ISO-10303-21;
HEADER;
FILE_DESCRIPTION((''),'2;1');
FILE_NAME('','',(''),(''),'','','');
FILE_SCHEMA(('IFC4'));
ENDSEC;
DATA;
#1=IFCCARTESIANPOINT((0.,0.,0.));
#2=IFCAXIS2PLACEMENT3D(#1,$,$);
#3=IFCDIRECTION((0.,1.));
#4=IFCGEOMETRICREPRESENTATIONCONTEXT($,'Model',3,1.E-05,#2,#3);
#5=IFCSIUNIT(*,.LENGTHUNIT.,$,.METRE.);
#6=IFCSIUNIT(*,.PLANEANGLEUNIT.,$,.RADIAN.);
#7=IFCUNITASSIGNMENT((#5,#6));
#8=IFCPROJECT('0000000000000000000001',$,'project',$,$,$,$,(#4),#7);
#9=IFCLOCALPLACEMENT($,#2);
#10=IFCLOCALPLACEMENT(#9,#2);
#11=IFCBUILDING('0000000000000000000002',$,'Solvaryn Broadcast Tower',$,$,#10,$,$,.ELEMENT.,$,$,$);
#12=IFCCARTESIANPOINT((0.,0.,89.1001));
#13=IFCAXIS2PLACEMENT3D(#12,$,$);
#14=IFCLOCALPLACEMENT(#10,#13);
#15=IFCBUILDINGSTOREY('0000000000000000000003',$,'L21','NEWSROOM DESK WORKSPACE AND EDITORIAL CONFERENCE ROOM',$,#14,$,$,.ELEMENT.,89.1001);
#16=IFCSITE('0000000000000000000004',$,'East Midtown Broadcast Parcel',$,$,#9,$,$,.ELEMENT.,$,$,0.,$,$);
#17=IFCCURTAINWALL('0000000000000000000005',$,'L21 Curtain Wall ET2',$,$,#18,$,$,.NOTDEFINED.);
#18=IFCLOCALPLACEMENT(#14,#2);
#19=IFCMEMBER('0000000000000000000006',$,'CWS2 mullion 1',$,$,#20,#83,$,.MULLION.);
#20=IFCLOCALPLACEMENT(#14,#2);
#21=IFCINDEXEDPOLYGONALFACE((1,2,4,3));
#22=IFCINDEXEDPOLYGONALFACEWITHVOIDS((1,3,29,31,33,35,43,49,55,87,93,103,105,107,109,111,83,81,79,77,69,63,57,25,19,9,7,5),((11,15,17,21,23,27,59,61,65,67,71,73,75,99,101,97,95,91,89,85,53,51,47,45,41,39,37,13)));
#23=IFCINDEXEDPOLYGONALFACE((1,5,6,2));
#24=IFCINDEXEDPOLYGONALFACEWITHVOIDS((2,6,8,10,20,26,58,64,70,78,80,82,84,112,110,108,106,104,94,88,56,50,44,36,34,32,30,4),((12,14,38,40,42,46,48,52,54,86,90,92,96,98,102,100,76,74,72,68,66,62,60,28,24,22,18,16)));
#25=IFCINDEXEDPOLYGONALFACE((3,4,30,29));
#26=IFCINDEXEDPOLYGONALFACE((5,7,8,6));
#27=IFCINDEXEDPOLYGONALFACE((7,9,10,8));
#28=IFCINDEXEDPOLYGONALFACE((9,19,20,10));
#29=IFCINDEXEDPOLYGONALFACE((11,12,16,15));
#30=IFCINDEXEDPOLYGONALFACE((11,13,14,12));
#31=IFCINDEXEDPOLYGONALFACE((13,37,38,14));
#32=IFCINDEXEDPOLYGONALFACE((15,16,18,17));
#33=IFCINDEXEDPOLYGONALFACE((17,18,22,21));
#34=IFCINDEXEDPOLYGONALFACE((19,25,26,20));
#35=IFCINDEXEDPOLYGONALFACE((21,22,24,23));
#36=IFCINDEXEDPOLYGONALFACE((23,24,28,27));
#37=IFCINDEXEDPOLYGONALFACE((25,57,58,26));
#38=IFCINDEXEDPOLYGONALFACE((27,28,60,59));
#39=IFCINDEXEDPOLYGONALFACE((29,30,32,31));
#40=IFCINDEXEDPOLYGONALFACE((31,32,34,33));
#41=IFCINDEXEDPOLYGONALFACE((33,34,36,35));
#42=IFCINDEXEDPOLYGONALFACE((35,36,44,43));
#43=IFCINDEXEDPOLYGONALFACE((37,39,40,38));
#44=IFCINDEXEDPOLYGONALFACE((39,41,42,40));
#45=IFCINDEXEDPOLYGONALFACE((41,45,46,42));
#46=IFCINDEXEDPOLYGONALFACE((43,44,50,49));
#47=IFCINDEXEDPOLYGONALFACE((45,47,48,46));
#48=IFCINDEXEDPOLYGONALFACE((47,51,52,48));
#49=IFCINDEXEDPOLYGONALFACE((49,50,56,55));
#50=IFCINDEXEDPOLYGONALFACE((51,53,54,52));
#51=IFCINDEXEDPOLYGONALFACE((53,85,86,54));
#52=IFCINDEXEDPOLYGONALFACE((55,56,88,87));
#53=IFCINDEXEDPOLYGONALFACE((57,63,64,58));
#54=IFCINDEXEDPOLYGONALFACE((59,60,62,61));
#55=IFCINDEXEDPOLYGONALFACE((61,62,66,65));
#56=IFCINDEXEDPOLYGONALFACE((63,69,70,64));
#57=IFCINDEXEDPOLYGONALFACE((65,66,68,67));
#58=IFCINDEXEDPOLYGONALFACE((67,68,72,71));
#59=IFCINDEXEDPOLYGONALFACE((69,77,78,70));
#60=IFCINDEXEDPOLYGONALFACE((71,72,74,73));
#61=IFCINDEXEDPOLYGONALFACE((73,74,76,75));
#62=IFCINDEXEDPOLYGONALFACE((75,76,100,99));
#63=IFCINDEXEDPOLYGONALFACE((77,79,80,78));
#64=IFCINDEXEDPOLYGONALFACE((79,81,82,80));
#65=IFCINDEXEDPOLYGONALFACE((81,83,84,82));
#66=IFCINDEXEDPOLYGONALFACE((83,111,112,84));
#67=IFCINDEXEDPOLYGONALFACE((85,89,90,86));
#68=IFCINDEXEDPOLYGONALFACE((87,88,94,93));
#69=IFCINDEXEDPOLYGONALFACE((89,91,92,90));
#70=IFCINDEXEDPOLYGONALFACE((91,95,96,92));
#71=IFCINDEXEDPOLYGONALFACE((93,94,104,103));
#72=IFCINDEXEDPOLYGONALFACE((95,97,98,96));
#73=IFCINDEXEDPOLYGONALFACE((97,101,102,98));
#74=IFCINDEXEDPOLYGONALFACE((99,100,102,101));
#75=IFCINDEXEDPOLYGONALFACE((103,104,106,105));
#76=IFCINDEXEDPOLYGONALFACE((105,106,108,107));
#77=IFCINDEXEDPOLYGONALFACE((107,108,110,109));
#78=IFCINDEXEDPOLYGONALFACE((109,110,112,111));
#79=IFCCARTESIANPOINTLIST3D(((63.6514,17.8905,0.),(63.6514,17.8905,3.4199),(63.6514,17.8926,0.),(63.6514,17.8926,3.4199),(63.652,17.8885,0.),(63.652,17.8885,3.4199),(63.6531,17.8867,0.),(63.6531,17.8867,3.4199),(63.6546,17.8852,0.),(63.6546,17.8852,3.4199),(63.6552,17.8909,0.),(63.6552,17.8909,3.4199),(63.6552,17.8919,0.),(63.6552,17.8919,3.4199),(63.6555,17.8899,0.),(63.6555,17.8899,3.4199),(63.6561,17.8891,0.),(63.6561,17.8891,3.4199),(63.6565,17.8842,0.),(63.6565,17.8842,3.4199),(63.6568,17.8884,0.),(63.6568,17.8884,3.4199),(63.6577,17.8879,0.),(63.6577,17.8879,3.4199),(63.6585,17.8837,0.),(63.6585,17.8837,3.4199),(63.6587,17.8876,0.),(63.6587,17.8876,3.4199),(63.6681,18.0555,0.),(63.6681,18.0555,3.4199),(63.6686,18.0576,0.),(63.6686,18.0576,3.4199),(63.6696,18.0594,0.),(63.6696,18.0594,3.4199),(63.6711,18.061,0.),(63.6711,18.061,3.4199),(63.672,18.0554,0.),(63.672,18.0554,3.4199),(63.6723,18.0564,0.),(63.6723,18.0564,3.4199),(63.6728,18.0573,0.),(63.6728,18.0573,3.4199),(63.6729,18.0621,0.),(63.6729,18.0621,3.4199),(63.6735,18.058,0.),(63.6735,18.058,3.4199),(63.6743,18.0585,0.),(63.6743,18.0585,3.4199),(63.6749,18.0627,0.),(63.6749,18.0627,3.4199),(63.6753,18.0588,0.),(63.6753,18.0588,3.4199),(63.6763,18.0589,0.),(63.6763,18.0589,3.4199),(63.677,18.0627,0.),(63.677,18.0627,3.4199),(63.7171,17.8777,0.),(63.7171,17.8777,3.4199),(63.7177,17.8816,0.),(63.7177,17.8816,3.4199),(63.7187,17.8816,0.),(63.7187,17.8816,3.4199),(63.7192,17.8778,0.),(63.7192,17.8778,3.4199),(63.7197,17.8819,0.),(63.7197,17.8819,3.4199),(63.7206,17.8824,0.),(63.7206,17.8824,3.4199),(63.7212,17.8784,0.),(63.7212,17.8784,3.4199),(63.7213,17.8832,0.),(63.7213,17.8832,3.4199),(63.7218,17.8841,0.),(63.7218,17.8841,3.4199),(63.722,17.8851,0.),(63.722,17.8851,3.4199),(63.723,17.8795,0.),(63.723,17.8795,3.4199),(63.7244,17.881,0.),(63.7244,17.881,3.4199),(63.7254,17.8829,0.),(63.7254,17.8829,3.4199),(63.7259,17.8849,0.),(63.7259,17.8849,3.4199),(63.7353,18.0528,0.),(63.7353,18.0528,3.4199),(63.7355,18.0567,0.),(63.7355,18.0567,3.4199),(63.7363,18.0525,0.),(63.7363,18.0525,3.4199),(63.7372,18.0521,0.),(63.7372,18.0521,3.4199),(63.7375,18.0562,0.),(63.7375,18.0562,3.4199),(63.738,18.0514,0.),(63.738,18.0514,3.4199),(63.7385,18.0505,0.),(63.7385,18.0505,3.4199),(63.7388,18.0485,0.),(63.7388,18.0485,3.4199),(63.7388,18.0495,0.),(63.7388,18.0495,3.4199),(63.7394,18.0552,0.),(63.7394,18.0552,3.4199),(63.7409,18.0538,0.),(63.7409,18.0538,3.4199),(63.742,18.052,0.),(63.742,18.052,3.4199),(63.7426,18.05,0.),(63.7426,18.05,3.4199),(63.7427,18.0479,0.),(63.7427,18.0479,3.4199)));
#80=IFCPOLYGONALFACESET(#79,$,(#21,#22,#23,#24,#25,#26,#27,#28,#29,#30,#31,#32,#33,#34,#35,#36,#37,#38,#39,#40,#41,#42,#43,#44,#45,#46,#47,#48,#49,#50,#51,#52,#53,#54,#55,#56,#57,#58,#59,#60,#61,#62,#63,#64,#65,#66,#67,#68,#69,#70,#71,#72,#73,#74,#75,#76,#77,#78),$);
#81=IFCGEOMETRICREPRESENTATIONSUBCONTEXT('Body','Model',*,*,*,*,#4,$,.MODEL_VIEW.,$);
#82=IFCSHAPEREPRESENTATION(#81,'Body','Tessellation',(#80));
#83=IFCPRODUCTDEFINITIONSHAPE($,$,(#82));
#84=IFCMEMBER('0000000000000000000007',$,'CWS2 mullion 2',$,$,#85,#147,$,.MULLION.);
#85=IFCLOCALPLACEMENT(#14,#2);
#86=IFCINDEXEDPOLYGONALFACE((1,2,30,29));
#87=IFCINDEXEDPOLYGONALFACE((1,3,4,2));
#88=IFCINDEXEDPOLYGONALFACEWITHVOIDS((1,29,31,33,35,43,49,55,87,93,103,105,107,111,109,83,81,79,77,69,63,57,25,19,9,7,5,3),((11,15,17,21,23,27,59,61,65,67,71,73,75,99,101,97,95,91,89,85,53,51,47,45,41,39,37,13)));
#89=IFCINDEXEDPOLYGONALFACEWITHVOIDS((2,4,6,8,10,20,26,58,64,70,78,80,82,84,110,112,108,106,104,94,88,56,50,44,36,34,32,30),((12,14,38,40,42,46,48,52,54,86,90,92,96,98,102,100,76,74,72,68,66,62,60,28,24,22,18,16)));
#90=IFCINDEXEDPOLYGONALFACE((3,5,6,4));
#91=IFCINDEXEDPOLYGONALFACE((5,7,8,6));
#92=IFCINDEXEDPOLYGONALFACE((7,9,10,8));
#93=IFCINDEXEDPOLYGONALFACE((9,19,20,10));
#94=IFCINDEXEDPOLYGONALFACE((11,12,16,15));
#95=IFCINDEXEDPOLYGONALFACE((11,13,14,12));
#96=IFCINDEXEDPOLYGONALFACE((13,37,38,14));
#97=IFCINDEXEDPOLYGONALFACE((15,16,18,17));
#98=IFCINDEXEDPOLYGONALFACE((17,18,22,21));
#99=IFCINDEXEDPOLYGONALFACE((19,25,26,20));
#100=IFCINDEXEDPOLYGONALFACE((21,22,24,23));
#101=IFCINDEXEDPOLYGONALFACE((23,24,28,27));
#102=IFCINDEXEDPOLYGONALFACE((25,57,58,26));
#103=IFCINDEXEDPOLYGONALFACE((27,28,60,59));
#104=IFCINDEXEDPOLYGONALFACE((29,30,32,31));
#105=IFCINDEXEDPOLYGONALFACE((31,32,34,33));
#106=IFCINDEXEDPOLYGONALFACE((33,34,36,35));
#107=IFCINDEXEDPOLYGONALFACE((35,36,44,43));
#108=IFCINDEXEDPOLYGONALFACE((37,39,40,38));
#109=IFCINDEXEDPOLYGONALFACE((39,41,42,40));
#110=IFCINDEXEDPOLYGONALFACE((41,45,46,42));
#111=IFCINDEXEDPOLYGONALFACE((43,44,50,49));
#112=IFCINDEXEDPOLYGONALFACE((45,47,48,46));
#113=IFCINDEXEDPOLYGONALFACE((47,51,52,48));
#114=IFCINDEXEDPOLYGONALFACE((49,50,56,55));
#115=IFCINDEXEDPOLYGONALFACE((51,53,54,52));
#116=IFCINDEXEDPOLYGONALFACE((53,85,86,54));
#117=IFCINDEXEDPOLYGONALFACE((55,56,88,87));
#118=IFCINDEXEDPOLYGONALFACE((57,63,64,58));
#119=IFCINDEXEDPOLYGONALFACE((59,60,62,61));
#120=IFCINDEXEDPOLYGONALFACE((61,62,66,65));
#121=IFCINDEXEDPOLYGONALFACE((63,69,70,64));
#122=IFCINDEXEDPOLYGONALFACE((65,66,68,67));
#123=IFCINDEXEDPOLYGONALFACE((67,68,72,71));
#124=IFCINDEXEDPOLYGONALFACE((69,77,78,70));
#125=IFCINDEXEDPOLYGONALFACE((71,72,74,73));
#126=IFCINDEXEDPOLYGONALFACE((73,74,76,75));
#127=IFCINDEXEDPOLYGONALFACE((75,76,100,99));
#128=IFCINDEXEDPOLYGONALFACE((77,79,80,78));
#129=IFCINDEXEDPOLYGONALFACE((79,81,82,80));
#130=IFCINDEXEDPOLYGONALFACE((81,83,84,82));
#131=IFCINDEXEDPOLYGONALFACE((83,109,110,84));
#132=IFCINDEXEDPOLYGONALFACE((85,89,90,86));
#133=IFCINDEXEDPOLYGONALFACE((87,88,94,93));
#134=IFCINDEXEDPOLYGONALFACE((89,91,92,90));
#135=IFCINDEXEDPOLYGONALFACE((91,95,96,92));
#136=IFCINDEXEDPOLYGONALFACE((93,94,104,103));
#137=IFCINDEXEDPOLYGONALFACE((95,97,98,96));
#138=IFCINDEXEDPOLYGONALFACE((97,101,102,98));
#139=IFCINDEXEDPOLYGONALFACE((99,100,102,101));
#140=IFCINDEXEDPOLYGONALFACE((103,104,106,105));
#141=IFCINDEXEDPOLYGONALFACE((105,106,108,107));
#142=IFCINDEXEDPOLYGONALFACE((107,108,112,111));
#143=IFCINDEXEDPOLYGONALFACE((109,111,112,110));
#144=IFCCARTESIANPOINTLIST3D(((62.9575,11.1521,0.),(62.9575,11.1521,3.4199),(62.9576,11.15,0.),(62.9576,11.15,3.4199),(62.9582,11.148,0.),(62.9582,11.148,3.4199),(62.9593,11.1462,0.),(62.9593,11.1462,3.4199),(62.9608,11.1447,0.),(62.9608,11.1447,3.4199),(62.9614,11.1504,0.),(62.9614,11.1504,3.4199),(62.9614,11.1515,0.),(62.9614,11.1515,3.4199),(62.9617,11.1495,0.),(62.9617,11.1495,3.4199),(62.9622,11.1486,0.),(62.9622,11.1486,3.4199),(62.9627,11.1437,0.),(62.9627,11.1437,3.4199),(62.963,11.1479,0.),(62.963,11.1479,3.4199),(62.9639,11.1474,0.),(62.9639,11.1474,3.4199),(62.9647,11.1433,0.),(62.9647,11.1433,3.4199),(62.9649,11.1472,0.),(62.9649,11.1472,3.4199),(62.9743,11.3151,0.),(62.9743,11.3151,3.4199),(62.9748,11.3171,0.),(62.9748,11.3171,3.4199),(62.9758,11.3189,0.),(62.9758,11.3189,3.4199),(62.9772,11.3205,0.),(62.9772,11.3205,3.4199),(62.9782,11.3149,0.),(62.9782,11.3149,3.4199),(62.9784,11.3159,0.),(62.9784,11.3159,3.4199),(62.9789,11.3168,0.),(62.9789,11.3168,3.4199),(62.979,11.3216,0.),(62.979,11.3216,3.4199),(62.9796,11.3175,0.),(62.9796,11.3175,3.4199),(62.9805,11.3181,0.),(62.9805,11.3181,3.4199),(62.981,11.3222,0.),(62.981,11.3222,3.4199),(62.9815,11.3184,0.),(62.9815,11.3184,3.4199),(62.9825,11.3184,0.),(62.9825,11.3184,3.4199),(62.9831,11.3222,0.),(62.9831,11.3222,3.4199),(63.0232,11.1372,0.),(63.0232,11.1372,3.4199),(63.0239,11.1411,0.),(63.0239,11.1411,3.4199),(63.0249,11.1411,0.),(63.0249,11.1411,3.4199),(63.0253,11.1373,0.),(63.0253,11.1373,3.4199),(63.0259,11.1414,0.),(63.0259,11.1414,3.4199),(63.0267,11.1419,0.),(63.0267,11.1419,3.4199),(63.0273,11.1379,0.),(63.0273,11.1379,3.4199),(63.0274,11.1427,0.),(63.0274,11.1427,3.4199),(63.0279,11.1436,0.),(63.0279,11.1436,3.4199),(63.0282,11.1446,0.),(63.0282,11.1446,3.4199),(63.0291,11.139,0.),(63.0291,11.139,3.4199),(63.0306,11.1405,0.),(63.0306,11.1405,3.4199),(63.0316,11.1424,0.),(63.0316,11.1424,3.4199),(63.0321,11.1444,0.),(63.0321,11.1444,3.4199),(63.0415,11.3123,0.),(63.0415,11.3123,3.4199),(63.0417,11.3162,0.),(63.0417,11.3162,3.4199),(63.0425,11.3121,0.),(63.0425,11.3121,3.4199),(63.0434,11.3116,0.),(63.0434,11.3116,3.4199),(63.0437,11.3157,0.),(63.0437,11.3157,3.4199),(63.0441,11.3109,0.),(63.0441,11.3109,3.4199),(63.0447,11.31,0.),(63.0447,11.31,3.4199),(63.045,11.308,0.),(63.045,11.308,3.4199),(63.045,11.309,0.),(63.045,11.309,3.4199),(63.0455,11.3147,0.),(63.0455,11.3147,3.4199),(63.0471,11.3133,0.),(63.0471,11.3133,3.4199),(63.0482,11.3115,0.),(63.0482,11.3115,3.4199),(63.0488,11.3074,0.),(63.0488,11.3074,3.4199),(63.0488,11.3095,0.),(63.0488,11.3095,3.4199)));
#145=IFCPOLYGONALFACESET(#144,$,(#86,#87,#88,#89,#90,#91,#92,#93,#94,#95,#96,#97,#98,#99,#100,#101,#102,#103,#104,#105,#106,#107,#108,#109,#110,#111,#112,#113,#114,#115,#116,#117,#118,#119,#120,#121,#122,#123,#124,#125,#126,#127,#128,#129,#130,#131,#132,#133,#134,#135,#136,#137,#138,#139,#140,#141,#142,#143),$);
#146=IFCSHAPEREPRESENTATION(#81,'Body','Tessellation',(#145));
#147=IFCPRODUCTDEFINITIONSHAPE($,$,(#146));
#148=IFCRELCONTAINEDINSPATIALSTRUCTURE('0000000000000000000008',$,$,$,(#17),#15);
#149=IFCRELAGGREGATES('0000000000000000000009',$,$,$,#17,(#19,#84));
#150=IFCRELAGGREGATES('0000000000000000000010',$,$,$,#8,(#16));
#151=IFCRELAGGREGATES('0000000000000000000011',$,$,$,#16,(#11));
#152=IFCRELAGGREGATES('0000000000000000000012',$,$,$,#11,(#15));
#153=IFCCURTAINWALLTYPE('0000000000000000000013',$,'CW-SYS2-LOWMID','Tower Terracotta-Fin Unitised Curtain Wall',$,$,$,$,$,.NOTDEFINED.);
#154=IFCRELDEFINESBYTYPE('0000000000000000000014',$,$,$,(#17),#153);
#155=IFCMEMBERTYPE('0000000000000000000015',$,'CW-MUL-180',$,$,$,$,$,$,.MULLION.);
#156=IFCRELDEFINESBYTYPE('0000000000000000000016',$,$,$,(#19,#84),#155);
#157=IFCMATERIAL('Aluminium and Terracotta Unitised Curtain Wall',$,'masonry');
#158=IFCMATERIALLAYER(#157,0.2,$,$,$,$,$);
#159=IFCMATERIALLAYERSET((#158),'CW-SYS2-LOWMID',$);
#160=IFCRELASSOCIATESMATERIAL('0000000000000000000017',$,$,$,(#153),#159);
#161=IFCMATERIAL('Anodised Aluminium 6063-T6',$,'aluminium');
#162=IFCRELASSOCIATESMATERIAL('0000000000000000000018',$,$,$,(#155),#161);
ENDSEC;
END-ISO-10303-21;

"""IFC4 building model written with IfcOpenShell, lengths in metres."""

from ifc_helpers import new_model, si_unit, direction, frame, origin, origin_2d, place, context, subcontext, project, spatial, hollow_rectangle, extrude, material, layer, layer_set, material_profile, profile_set, type_object, element, aggregate, save


model = new_model("IFC4")

# Units and contexts
model_context = context("Model", 3, precision=1e-05, world=origin(), true_north=direction((0.0, 1.0)))
body_context = subcontext(model_context, "Body", "Model", "MODEL_VIEW")
ifc_project = project(units=[si_unit("LENGTHUNIT", "METRE"), si_unit("PLANEANGLEUNIT", "RADIAN")], contexts=[model_context])

# Site, building, storey
site_placement = place(None, origin())
site = spatial("IfcSite", under=ifc_project, at=site_placement, Name="East Midtown Broadcast Parcel", CompositionType="ELEMENT", RefElevation=0.0)
building_placement = place(site_placement, origin())
building = spatial("IfcBuilding", under=site, at=building_placement, Name="Solvaryn Broadcast Tower", CompositionType="ELEMENT")
storey_placement = place(building_placement, frame((0.0, 0.0, 89.1001)))
storey = spatial("IfcBuildingStorey", under=building, at=storey_placement, Name="L21", Description="NEWSROOM DESK WORKSPACE AND EDITORIAL CONFERENCE ROOM", CompositionType="ELEMENT", Elevation=89.1001)

# Shared definitions
ifc_material_1 = material(Name="Aluminium and Terracotta Unitised Curtain Wall", Category="masonry")
ifc_layer_1 = layer(ifc_material_1, 0.2)
ifc_layer_set_1 = layer_set([ifc_layer_1], Name="CW-SYS2-LOWMID")
curtain_wall_type = type_object("IfcCurtainWallType", Name="CW-SYS2-LOWMID", Description="Tower Terracotta-Fin Unitised Curtain Wall", PredefinedType="NOTDEFINED", material=ifc_layer_set_1)
ifc_material_2 = material(Name="Anodised Aluminium 6063-T6", Category="aluminium")
ifc_material_profile_1 = material_profile(ifc_material_2, hollow_rectangle(XDim=0.075, YDim=0.1799, WallThickness=0.0039, InnerFilletRadius=0.0039, OuterFilletRadius=0.0081, at=origin_2d()))
ifc_profile_set_1 = profile_set([ifc_material_profile_1], Name="Anodised Aluminium 6063-T6")
member_type_1 = type_object("IfcMemberType", Name="CW-MUL-180", PredefinedType="MULLION", material=ifc_profile_set_1)

# Curtain wall, members
curtain_wall_1_placement = place(storey_placement, origin())
curtain_wall_1 = element("IfcCurtainWall", 1, at=curtain_wall_1_placement, inside=storey, type_object=curtain_wall_type, Name="L21 Curtain Wall ET2", PredefinedType="NOTDEFINED")
member_1_placement = place(storey_placement, frame((63.697, 17.9702, 0.0), z_axis=(0.0, 0.0, 1.0), x_axis=(0.994743, -0.1024, 0.0)))
member_1 = element("IfcMember", 2, at=member_1_placement, type_object=member_type_1, Name="CWS2 mullion 1", PredefinedType="MULLION", context=body_context, shape_type="SweptSolid", body=[
    extrude(hollow_rectangle(XDim=0.075, YDim=0.1799, WallThickness=0.0039, InnerFilletRadius=0.0039, OuterFilletRadius=0.0081, at=origin_2d()), origin(), (0.0, 0.0, 1.0), 3.4199),
])
member_2_placement = place(storey_placement, frame((63.0032, 11.2297, 0.0), z_axis=(0.0, 0.0, 1.0), x_axis=(0.994743, -0.1024, 0.0)))
member_2 = element("IfcMember", 3, at=member_2_placement, type_object=member_type_1, Name="CWS2 mullion 2", PredefinedType="MULLION", context=body_context, shape_type="SweptSolid", body=[
    extrude(hollow_rectangle(XDim=0.075, YDim=0.1799, WallThickness=0.0039, InnerFilletRadius=0.0039, OuterFilletRadius=0.0081, at=origin_2d()), origin(), (0.0, 0.0, 1.0), 3.4199),
])
aggregate(curtain_wall_1, [member_1, member_2])

save(model, "model.ifc")
